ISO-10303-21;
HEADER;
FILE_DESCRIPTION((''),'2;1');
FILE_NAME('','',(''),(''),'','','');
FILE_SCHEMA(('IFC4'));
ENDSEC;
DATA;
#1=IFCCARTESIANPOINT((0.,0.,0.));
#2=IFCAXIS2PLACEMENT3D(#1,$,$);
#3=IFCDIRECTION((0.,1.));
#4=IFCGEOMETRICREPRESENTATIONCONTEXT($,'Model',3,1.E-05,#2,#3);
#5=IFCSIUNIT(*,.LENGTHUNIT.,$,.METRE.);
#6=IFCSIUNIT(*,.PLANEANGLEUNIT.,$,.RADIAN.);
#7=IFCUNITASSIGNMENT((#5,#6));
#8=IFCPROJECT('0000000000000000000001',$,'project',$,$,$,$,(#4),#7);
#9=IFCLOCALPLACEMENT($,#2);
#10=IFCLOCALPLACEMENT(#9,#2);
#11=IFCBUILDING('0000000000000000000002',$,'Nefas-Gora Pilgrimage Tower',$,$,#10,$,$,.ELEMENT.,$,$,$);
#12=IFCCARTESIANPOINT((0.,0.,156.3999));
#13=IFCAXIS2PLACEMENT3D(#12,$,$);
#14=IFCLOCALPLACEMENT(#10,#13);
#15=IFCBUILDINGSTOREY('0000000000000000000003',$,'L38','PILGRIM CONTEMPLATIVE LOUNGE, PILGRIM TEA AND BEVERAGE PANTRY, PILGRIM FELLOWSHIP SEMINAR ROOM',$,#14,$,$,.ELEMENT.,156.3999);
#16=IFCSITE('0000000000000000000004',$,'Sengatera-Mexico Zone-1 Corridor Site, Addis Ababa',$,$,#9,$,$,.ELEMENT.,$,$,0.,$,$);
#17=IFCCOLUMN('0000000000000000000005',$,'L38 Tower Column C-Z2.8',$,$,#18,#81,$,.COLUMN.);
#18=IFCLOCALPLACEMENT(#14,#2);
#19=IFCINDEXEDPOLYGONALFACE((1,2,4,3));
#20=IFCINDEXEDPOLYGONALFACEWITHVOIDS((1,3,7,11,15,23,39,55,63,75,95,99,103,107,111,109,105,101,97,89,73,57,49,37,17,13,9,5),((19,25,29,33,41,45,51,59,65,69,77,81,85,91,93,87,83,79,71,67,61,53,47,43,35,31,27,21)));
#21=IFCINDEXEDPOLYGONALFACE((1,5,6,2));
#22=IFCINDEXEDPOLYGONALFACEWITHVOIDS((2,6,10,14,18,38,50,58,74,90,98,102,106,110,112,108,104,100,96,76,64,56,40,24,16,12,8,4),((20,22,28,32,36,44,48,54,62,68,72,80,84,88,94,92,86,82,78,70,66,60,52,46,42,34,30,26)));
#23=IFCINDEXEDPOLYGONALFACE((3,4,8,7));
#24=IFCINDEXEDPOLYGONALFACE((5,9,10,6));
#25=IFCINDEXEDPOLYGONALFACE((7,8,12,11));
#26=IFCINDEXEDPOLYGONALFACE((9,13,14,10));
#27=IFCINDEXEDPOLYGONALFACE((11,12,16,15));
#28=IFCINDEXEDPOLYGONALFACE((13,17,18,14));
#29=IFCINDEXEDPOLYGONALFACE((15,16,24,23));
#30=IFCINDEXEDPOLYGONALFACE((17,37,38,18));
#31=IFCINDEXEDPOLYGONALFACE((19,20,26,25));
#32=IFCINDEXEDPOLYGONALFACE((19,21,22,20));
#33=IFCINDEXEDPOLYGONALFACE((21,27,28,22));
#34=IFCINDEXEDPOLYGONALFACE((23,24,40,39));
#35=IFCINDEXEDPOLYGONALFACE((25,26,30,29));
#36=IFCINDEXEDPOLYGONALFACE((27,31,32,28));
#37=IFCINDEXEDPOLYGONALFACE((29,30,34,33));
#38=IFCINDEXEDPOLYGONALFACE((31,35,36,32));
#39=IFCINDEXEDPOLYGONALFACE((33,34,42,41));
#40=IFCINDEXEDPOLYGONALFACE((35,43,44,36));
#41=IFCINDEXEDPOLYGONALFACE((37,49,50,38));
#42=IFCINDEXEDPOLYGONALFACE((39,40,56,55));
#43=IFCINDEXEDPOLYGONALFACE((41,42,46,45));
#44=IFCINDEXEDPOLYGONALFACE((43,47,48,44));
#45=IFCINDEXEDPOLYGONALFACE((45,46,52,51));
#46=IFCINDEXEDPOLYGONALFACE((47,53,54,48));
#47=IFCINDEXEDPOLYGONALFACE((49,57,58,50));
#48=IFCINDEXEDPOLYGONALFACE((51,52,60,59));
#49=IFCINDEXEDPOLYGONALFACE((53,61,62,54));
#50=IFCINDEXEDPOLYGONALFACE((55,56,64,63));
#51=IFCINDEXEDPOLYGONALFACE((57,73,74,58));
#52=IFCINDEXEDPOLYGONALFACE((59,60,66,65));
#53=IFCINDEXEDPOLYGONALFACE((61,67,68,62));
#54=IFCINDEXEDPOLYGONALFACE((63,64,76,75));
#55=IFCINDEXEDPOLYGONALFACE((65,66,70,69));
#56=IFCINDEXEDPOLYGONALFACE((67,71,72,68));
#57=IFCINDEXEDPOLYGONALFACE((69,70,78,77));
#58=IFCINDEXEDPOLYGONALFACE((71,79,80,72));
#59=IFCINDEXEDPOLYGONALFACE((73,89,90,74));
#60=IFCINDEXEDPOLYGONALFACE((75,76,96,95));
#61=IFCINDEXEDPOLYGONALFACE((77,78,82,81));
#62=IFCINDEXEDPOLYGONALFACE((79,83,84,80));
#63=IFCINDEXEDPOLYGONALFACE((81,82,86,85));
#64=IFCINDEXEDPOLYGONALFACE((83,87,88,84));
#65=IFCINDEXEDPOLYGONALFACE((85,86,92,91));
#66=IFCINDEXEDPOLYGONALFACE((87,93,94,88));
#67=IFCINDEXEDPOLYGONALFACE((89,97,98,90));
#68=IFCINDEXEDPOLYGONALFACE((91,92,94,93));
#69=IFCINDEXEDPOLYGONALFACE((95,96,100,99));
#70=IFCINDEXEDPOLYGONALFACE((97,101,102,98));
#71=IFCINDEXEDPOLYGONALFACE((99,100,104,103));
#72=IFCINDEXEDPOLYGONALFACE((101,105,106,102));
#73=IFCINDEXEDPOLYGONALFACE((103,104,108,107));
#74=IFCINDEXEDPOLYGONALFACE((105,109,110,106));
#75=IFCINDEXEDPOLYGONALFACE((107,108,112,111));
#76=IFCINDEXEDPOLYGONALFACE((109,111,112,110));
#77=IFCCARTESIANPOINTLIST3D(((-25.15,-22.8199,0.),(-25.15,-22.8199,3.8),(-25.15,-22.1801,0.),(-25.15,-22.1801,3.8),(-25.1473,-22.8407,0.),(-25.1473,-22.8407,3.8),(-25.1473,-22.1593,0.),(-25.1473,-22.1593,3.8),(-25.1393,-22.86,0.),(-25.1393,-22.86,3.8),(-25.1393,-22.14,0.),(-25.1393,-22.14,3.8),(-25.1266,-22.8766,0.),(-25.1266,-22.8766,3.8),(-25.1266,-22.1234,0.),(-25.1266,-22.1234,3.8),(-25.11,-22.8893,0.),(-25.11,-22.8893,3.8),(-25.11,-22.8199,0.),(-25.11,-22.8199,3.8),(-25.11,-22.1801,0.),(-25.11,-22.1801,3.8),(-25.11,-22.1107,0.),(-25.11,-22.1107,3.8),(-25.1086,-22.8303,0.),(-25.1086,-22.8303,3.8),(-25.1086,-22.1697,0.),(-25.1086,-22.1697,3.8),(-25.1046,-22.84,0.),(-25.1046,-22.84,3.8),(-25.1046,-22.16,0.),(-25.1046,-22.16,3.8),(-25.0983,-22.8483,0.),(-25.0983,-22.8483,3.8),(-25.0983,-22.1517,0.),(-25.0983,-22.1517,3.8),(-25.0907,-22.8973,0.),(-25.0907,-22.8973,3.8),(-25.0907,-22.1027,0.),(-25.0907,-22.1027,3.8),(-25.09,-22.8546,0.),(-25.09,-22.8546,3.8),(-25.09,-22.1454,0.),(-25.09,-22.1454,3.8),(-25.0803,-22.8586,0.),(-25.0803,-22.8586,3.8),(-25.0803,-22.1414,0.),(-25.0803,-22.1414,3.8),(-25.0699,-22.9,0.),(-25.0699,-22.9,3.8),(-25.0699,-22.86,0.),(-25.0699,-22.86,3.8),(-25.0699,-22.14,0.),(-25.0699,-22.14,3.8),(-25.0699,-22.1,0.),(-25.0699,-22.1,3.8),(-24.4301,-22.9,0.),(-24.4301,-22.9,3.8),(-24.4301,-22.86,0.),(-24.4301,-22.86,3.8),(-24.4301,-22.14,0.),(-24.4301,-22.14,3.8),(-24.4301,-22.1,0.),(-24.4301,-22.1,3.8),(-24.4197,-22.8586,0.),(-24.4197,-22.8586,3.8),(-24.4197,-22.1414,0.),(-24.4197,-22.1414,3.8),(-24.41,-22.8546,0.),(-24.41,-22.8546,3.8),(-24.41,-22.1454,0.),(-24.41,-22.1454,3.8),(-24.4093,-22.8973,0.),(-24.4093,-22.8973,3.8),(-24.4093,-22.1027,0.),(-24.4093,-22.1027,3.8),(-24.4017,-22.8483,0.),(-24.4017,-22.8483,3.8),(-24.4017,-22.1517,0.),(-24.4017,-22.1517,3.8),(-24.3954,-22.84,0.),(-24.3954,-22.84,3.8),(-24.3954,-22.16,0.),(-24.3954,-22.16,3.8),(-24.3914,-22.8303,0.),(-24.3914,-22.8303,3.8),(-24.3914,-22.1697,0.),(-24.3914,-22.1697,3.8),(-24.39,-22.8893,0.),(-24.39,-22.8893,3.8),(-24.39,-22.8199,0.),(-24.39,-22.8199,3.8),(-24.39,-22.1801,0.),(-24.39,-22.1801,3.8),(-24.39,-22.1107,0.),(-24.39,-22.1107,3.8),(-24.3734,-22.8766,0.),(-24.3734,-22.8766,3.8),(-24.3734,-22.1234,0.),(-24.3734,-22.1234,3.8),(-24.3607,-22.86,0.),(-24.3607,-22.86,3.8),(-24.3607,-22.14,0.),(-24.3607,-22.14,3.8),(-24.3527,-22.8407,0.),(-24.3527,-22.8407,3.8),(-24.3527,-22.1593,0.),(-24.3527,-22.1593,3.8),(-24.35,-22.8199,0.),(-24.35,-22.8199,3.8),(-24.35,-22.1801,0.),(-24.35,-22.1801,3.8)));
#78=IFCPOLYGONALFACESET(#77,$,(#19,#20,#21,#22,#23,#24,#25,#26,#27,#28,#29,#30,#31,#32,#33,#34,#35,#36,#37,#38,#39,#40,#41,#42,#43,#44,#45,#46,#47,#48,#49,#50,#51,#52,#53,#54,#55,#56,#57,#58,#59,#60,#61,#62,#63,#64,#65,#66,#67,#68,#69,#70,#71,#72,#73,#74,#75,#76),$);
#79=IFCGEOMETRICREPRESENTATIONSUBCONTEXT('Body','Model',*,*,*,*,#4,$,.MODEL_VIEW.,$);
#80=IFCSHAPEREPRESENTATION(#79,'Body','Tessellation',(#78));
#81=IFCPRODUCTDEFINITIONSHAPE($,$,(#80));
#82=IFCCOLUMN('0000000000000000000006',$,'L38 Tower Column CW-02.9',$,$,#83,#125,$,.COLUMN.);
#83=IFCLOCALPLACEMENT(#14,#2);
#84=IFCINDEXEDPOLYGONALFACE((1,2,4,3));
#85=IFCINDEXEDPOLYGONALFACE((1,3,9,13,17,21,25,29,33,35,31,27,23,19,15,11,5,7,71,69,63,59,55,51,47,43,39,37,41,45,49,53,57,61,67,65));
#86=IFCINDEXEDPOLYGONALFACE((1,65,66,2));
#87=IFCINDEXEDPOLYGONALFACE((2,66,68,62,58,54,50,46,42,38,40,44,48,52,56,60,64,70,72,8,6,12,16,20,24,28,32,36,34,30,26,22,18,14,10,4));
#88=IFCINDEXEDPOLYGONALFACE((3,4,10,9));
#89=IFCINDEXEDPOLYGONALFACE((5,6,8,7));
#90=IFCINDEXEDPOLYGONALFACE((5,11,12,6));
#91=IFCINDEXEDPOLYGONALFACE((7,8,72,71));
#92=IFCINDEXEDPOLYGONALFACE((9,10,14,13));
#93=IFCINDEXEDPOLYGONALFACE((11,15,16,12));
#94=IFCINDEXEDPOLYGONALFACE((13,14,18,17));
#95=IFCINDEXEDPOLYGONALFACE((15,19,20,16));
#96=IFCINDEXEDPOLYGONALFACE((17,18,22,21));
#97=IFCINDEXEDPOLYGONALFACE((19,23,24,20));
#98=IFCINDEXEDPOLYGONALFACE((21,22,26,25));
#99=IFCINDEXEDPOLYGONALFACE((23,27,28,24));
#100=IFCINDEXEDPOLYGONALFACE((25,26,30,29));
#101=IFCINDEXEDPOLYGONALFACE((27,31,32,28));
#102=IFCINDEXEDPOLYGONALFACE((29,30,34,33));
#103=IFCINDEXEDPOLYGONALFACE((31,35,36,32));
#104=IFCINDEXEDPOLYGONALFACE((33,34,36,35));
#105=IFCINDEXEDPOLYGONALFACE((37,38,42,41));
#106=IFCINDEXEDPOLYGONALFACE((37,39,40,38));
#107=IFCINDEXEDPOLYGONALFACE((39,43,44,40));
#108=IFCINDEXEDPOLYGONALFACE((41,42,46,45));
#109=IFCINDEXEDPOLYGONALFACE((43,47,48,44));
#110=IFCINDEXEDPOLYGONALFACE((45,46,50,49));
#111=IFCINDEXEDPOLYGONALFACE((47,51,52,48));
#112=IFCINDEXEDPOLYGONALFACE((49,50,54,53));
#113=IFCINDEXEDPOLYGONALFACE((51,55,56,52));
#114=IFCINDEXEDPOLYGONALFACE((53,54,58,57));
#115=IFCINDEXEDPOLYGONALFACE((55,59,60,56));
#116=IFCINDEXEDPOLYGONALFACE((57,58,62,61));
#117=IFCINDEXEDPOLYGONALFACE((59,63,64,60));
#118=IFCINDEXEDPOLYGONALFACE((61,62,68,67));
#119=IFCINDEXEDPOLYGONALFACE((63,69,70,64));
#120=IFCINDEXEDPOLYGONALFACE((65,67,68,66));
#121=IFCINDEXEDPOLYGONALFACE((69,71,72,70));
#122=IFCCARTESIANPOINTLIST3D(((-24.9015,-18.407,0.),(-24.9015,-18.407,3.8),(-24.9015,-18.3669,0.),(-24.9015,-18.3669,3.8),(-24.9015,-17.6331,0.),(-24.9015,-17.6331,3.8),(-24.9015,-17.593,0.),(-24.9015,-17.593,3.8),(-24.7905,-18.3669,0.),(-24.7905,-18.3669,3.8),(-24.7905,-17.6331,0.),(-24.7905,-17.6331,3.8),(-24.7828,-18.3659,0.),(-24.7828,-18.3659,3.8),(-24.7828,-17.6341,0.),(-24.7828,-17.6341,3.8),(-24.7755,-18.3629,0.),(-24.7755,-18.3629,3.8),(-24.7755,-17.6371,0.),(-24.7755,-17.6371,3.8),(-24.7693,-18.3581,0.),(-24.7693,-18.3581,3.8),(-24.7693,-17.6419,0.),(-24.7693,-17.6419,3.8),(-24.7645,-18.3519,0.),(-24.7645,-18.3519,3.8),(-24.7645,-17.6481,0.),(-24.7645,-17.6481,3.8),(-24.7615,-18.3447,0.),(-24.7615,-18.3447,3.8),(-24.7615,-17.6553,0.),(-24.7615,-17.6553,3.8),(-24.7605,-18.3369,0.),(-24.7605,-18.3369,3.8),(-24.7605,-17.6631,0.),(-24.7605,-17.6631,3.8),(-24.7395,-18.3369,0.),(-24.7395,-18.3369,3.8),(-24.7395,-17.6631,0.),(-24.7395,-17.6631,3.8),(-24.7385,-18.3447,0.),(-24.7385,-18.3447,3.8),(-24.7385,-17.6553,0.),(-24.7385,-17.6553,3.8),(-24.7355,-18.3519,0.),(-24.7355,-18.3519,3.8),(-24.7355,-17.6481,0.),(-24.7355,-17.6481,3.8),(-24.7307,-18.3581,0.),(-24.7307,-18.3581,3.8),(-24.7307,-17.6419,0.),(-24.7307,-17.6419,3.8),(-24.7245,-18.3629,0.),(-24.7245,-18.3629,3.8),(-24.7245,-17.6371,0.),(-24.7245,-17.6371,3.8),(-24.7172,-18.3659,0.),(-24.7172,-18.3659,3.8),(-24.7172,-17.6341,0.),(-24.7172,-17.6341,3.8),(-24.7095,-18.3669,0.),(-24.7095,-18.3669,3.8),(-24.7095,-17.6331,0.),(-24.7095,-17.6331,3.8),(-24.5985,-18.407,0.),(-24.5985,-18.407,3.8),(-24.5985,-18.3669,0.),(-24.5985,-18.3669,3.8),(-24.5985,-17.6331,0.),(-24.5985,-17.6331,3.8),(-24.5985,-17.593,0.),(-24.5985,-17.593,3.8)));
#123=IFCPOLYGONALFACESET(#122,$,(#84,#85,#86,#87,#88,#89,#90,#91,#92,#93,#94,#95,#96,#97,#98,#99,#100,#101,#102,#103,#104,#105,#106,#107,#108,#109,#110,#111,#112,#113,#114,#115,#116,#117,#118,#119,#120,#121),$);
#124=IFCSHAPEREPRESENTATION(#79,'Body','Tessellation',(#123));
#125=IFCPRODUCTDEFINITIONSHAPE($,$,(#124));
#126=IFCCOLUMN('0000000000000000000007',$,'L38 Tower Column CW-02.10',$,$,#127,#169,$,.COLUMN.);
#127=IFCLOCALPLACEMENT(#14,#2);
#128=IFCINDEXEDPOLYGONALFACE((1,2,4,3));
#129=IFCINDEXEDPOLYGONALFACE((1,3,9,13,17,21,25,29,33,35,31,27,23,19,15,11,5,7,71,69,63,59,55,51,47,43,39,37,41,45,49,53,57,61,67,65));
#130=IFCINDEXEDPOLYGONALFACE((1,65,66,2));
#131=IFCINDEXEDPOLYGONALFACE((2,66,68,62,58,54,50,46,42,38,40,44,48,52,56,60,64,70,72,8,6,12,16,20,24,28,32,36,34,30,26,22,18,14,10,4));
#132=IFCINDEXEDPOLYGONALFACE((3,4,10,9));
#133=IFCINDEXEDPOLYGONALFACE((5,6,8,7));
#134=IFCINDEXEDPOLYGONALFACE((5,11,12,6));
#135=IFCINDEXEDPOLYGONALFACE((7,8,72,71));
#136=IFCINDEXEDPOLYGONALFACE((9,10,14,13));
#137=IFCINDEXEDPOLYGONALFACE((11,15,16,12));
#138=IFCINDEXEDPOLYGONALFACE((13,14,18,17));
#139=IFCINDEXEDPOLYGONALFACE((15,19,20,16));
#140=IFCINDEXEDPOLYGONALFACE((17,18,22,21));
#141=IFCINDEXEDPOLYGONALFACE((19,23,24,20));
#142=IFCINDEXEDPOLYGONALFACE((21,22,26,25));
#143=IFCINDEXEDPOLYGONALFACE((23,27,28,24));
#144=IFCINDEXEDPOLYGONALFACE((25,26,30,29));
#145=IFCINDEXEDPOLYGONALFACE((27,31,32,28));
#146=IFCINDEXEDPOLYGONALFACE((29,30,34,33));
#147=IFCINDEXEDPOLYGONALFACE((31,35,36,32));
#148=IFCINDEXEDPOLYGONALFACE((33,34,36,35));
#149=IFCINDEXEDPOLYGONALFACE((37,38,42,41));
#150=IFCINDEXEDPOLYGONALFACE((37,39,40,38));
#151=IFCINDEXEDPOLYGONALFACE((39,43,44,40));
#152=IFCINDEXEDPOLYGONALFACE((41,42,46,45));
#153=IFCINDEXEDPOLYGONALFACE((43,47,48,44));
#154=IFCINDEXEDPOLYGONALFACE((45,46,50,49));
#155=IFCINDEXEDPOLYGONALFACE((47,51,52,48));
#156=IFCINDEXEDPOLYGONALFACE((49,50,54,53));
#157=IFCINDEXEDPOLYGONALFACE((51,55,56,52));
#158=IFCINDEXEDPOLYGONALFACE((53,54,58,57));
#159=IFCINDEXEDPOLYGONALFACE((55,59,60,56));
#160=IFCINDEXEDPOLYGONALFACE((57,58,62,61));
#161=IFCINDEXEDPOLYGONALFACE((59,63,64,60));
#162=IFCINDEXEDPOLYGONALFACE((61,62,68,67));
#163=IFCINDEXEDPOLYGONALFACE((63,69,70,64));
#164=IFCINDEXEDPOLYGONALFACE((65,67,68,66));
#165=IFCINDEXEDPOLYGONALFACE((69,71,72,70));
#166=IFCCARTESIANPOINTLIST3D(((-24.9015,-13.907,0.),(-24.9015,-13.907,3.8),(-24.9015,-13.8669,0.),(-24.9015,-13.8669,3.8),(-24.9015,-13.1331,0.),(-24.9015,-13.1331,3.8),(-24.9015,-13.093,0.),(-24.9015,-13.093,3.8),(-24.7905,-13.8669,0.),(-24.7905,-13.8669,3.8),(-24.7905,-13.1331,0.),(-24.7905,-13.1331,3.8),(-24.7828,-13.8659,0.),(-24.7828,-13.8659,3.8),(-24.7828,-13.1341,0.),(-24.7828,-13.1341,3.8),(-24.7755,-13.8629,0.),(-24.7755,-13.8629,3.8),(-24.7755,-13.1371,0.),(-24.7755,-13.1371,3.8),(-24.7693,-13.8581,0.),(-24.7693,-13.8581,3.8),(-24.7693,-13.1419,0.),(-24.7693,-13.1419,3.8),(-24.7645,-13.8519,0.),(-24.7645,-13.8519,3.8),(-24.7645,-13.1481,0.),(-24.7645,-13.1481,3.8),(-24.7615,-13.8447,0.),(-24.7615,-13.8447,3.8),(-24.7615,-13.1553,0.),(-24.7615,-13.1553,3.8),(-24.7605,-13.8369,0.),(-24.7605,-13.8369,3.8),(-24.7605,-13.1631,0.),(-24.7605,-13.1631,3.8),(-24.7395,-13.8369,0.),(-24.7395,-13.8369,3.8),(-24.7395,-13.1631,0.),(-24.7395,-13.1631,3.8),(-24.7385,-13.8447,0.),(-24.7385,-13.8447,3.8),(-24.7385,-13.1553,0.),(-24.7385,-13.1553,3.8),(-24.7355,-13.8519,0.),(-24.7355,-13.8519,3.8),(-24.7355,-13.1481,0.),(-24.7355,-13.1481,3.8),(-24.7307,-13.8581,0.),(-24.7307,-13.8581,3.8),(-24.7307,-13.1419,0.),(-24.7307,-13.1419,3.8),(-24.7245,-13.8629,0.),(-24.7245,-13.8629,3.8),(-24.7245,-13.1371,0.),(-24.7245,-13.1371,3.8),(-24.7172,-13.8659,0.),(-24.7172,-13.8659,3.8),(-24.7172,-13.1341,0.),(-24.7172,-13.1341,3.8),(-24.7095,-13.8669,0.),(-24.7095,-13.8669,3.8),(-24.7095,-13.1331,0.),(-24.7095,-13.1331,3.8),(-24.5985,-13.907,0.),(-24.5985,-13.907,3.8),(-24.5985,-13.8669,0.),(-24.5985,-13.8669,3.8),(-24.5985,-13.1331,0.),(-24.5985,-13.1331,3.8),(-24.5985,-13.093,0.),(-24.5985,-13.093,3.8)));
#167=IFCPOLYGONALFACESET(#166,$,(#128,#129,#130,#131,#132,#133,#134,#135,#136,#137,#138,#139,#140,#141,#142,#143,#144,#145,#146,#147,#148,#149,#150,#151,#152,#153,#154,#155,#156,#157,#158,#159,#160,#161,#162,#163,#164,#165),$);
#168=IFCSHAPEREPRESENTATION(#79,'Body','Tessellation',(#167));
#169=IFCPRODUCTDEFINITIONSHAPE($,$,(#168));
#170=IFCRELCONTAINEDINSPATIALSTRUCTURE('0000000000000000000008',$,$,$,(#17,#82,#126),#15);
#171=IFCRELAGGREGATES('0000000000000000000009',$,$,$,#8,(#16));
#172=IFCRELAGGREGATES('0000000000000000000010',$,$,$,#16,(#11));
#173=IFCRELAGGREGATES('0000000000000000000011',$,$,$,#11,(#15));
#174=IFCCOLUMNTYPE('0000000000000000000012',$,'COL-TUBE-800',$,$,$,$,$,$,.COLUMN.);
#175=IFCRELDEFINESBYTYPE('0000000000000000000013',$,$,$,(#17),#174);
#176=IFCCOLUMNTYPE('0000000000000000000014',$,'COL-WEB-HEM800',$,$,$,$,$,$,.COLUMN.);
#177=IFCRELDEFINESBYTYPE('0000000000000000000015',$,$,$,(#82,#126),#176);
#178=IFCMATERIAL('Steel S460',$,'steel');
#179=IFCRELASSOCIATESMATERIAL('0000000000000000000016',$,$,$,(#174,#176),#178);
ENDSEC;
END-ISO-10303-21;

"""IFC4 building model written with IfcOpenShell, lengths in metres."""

from ifc_helpers import new_model, si_unit, direction, frame, origin, origin_2d, place, context, subcontext, project, spatial, hollow_rectangle, i_section, extrude, source, transform, mapped, material, material_profile, profile_set, type_object, element, save


model = new_model("IFC4")

# Units and contexts
model_context = context("Model", 3, precision=1e-05, world=origin(), true_north=direction((0.0, 1.0)))
body_context = subcontext(model_context, "Body", "Model", "MODEL_VIEW")
ifc_project = project(units=[si_unit("LENGTHUNIT", "METRE"), si_unit("PLANEANGLEUNIT", "RADIAN")], contexts=[model_context])

# Site, building, storey
site_placement = place(None, origin())
site = spatial("IfcSite", under=ifc_project, at=site_placement, Name="Sengatera-Mexico Zone-1 Corridor Site, Addis Ababa", CompositionType="ELEMENT", RefElevation=0.0)
building_placement = place(site_placement, origin())
building = spatial("IfcBuilding", under=site, at=building_placement, Name="Nefas-Gora Pilgrimage Tower", CompositionType="ELEMENT")
storey_placement = place(building_placement, frame((0.0, 0.0, 156.3999)))
storey = spatial("IfcBuildingStorey", under=building, at=storey_placement, Name="L38", Description="PILGRIM CONTEMPLATIVE LOUNGE, PILGRIM TEA AND BEVERAGE PANTRY, PILGRIM FELLOWSHIP SEMINAR ROOM", CompositionType="ELEMENT", Elevation=156.3999)

# Columns
ifc_material_1 = material(Name="Steel S460", Category="steel")
ifc_material_profile_1 = material_profile(ifc_material_1, hollow_rectangle(XDim=0.8, YDim=0.8, WallThickness=0.04, InnerFilletRadius=0.04, OuterFilletRadius=0.0801, at=origin_2d()), Name="BOX 800x800x40")
ifc_profile_set_1 = profile_set([ifc_material_profile_1], Name="Steel S460")
column_type_1 = type_object("IfcColumnType", Name="COL-TUBE-800", PredefinedType="COLUMN", material=ifc_profile_set_1)
shared_shape_1 = source(origin(), body_context, "Body", "SweptSolid", [
    extrude(hollow_rectangle(XDim=0.8, YDim=0.8, WallThickness=0.04, InnerFilletRadius=0.04, OuterFilletRadius=0.0801, at=origin_2d()), origin(), (0.0, 0.0, 1.0), 3.8),
])
for number, where, z_axis, x_axis, name in (
    (1, (-24.75, -22.5, 0.0), (0.0, 0.0, 1.0), (1.0, 0.0, 0.0), "L38 Tower Column C-Z2.8"),
):
    element("IfcColumn", number, at=place(storey_placement, frame(where, z_axis=z_axis, x_axis=x_axis)), inside=storey, type_object=column_type_1, Name=name, PredefinedType="COLUMN", context=body_context, shape_type="MappedRepresentation", body=[
        mapped(shared_shape_1, transform((0.0, 0.0, 0.0), x_axis=(1.0, 0.0, 0.0), y_axis=(0.0, 1.0, 0.0), z_axis=(0.0, 0.0, 1.0), scale=1.0)),
    ])
ifc_material_profile_2 = material_profile(ifc_material_1, i_section(OverallWidth=0.303, OverallDepth=0.814, WebThickness=0.021, FlangeThickness=0.04, FilletRadius=0.03, at=origin_2d()), Name="HEM 800")
ifc_profile_set_2 = profile_set([ifc_material_profile_2], Name="Steel S460")
column_type_2 = type_object("IfcColumnType", Name="COL-WEB-HEM800", PredefinedType="COLUMN", material=ifc_profile_set_2)
shared_shape_2 = source(origin(), body_context, "Body", "SweptSolid", [
    extrude(i_section(OverallWidth=0.303, OverallDepth=0.814, WebThickness=0.021, FlangeThickness=0.04, FilletRadius=0.03, at=origin_2d()), origin(), (0.0, 0.0, 1.0), 3.8),
])
for number, where, z_axis, x_axis, name in (
    (2, (-24.75, -18.0, 0.0), (0.0, 0.0, 1.0), (1.0, 0.0, 0.0), "L38 Tower Column CW-02.9"),
    (3, (-24.75, -13.5, 0.0), (0.0, 0.0, 1.0), (1.0, 0.0, 0.0), "L38 Tower Column CW-02.10"),
):
    element("IfcColumn", number, at=place(storey_placement, frame(where, z_axis=z_axis, x_axis=x_axis)), inside=storey, type_object=column_type_2, Name=name, PredefinedType="COLUMN", context=body_context, shape_type="MappedRepresentation", body=[
        mapped(shared_shape_2, transform((0.0, 0.0, 0.0), x_axis=(1.0, 0.0, 0.0), y_axis=(0.0, 1.0, 0.0), z_axis=(0.0, 0.0, 1.0), scale=1.0)),
    ])

save(model, "model.ifc")
